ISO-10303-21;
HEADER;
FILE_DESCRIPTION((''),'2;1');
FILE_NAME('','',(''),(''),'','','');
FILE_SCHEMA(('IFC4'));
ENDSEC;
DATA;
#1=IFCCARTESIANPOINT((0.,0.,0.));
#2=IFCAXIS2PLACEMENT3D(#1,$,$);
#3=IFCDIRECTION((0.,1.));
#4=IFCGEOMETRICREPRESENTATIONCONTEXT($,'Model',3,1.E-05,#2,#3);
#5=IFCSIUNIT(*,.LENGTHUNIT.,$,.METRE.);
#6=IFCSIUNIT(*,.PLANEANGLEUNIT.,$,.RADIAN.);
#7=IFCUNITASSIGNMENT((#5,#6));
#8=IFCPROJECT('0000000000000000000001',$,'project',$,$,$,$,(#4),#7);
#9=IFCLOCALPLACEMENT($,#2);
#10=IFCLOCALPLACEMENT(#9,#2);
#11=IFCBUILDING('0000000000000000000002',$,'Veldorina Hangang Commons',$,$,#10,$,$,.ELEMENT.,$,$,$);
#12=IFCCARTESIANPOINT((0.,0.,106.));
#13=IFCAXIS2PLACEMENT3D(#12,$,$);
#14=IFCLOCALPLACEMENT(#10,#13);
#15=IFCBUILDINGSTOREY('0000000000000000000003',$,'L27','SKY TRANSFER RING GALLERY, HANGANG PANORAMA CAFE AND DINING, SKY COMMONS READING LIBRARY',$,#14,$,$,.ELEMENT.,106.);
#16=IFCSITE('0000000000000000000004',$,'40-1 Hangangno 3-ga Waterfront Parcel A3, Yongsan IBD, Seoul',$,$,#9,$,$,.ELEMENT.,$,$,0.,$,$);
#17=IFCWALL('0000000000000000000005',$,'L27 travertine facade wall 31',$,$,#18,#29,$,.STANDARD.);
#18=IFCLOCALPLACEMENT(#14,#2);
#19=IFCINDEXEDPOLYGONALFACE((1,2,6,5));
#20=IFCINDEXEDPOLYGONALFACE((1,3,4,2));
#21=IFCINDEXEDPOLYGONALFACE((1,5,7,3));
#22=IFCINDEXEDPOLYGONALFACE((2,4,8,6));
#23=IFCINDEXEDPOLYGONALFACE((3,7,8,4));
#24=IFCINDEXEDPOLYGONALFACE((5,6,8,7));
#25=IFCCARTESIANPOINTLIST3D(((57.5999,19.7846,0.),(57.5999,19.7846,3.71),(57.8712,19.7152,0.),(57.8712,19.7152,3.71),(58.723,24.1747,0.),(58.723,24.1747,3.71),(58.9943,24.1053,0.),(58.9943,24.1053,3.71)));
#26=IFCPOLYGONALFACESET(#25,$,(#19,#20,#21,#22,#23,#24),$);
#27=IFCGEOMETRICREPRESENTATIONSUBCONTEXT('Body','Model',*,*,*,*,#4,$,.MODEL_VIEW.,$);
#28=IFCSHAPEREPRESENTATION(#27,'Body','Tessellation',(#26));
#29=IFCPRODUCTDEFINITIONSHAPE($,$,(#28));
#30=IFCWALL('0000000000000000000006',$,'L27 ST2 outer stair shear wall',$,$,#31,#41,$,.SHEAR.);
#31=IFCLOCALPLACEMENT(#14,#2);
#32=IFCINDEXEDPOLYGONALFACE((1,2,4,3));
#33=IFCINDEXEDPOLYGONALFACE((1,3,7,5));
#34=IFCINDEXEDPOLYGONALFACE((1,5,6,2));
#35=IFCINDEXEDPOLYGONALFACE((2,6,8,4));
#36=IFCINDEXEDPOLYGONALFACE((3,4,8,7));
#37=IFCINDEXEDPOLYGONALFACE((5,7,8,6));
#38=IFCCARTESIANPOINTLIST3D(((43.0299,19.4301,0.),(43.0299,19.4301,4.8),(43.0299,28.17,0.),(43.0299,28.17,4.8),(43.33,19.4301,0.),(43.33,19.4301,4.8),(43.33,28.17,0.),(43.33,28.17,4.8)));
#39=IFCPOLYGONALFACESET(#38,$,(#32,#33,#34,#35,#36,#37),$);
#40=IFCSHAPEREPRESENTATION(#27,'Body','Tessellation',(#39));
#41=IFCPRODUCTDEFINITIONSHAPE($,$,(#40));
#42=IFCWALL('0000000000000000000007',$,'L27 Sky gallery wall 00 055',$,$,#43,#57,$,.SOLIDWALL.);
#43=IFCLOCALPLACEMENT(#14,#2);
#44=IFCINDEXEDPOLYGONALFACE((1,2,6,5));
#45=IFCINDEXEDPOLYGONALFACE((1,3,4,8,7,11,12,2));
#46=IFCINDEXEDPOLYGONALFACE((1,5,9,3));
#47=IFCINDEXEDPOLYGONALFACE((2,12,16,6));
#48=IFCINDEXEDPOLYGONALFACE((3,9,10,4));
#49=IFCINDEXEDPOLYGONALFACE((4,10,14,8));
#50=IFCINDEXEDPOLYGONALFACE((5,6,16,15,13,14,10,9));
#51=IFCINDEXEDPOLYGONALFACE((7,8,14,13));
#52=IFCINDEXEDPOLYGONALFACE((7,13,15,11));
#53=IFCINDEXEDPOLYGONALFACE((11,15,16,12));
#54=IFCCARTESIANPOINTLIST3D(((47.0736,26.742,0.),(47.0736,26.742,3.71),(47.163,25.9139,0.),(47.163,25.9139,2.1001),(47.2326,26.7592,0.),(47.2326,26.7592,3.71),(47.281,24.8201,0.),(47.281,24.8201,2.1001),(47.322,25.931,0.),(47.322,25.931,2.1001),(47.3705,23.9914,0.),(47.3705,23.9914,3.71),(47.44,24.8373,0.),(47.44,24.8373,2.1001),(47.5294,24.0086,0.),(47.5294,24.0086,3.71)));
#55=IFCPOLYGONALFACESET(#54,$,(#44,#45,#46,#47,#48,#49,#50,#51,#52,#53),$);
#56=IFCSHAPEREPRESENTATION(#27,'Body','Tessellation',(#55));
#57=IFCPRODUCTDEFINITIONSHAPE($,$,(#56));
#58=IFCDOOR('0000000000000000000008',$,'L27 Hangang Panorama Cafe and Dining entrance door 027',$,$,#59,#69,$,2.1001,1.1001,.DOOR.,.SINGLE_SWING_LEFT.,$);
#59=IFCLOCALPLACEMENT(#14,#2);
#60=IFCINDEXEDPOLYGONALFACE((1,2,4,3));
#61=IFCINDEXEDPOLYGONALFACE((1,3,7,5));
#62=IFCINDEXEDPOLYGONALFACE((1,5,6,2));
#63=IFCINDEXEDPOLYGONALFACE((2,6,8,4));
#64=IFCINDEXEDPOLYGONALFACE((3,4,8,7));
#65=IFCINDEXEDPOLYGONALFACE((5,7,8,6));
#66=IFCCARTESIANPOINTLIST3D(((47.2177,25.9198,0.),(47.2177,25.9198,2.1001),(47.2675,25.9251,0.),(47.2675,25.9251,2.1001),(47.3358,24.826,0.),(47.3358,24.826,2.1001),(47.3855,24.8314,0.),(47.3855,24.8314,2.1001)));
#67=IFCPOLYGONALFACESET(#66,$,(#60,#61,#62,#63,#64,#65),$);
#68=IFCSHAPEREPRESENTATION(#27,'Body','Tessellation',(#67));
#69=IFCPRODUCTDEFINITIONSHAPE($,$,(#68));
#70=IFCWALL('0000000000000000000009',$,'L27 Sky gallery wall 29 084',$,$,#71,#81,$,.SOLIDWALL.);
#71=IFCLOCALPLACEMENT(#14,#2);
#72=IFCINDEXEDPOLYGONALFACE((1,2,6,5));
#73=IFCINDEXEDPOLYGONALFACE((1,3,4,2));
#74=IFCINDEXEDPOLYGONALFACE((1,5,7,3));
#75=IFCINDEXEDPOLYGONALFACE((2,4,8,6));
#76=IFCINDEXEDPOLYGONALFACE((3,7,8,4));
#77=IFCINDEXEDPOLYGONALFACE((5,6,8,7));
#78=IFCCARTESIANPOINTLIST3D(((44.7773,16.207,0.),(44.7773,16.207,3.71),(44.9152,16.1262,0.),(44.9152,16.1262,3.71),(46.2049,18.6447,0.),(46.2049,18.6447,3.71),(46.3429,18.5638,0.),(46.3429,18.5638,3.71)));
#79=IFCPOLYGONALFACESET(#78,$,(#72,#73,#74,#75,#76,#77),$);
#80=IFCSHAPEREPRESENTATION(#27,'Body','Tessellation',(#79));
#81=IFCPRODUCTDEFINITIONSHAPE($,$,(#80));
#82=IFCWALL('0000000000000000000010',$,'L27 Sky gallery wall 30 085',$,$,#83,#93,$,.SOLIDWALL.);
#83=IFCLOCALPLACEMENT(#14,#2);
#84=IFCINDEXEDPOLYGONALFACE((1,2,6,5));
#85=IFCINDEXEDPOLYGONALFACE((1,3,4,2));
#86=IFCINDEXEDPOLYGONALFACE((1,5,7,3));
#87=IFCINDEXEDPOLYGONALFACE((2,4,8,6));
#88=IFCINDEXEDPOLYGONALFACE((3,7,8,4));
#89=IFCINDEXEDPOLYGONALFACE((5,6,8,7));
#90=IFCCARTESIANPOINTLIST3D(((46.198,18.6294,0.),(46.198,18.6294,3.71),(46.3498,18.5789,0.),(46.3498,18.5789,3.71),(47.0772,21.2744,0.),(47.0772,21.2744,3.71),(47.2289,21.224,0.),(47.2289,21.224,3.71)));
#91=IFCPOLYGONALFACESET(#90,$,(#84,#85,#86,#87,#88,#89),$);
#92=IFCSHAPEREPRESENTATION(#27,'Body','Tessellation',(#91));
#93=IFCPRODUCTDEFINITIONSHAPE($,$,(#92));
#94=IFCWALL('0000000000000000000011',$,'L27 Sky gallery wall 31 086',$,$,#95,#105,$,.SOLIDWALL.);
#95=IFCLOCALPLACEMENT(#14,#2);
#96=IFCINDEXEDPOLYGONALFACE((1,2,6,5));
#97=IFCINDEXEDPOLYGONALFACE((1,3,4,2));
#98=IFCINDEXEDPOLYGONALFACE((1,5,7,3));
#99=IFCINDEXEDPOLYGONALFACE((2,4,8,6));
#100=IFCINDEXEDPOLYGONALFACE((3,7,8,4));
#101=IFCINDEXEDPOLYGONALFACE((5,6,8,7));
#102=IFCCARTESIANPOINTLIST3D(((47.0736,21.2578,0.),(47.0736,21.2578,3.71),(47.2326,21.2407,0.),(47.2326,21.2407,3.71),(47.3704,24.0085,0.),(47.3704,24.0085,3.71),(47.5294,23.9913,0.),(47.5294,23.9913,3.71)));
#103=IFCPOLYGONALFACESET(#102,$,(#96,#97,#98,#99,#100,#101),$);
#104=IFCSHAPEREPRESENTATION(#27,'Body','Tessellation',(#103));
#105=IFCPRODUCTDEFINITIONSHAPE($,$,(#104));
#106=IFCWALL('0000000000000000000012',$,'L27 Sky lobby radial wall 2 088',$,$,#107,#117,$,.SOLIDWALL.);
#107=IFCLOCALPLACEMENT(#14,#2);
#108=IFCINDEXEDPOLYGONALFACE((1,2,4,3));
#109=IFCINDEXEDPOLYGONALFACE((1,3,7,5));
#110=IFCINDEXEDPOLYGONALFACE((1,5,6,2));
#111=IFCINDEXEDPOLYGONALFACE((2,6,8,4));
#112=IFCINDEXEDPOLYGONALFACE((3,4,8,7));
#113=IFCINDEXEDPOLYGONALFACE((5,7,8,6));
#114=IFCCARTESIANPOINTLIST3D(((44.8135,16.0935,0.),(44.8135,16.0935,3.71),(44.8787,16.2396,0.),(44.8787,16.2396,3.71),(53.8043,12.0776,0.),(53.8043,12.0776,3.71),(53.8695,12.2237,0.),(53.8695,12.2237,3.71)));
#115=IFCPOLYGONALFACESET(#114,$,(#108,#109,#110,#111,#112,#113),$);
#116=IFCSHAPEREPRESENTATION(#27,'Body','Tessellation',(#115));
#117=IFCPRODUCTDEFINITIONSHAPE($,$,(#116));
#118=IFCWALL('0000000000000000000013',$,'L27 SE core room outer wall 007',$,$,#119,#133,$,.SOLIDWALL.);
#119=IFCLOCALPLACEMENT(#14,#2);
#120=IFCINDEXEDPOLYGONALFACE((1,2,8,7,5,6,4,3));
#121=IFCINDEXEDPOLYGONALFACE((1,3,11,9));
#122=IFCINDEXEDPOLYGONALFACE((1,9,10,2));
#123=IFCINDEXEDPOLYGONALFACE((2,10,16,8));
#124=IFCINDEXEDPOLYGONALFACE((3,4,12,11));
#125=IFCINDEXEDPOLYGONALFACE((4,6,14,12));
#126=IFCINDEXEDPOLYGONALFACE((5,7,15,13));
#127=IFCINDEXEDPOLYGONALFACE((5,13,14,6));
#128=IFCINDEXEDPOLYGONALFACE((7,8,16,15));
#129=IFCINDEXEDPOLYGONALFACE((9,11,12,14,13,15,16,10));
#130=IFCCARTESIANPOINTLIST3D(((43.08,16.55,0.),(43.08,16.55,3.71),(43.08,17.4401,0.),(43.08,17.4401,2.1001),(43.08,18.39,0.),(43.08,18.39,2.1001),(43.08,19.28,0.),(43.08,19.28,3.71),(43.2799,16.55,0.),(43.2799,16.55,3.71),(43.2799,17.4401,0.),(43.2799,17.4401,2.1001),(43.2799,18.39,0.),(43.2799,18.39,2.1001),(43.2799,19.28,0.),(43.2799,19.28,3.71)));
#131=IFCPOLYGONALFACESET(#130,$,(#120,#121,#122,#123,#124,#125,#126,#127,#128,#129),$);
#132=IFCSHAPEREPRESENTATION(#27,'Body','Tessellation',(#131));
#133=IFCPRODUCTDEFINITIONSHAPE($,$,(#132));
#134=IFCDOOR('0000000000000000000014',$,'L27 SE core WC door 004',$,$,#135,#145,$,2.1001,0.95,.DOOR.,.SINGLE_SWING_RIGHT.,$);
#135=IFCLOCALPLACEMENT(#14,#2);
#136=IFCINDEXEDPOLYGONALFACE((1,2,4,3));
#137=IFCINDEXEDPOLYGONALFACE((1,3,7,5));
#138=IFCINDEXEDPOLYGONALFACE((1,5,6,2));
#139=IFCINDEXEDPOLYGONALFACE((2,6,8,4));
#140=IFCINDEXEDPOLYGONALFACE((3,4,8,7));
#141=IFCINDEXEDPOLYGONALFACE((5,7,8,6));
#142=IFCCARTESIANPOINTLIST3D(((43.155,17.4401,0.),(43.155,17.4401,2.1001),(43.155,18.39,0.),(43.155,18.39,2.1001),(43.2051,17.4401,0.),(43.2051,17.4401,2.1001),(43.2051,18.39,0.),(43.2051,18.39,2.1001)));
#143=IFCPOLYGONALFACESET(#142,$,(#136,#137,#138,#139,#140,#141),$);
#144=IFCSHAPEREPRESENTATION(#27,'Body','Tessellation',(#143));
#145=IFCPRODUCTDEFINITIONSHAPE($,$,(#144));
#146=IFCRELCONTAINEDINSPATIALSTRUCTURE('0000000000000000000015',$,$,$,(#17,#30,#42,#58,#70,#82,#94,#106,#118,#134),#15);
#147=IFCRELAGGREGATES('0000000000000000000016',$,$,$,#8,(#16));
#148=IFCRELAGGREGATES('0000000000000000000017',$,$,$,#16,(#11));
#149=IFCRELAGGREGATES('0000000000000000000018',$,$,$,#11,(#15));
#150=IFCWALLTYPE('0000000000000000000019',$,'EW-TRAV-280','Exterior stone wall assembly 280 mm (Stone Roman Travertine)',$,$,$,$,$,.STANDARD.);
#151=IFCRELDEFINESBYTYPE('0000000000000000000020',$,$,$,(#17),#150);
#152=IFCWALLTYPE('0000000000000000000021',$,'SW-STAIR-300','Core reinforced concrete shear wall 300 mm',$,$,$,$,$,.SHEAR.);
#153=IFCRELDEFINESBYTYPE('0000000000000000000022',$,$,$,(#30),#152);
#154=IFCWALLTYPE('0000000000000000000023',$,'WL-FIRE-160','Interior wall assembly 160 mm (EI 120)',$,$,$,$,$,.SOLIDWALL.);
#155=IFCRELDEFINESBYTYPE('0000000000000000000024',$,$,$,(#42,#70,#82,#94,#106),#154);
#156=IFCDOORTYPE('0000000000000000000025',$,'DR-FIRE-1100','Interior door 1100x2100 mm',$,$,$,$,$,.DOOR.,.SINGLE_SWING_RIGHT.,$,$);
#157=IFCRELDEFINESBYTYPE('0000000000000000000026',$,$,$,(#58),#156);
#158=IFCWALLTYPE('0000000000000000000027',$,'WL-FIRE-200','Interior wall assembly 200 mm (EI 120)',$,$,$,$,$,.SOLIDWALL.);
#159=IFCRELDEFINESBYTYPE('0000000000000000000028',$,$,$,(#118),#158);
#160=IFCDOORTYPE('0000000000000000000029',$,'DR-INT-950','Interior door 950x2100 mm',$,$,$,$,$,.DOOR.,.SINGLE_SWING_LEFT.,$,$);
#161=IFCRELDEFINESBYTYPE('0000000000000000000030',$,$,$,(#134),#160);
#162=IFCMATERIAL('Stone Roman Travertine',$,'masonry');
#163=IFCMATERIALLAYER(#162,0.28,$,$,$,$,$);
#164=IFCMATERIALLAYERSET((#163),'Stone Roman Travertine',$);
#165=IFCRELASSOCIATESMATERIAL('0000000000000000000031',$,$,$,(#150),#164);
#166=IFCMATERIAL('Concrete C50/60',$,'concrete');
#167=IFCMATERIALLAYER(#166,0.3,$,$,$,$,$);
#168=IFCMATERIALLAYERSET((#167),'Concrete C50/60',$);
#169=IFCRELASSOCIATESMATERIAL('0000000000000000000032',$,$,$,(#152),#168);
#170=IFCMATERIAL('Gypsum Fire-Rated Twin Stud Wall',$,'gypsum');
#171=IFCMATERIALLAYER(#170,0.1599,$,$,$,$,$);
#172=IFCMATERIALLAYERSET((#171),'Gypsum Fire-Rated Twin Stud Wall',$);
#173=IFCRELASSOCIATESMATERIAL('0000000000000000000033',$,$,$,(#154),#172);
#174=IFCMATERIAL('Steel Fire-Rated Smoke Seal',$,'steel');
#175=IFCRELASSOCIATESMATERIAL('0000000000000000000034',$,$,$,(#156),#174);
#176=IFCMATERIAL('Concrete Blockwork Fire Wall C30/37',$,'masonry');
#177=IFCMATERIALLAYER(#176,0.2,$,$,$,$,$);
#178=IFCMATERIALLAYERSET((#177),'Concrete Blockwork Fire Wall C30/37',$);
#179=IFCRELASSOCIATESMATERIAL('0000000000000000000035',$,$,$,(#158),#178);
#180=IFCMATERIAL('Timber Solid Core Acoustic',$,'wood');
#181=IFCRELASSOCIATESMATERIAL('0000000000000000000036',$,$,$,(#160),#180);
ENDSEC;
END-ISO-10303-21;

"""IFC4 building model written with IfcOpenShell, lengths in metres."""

from ifc_helpers import new_model, si_unit, direction, frame, frame_2d, origin, place, context, subcontext, project, spatial, rectangle, extrude, material, layer, layer_set, type_object, element, fill, save


model = new_model("IFC4")

# Units and contexts
model_context = context("Model", 3, precision=1e-05, world=origin(), true_north=direction((0.0, 1.0)))
body_context = subcontext(model_context, "Body", "Model", "MODEL_VIEW")
ifc_project = project(units=[si_unit("LENGTHUNIT", "METRE"), si_unit("PLANEANGLEUNIT", "RADIAN")], contexts=[model_context])

# Site, building, storey
site_placement = place(None, origin())
site = spatial("IfcSite", under=ifc_project, at=site_placement, Name="40-1 Hangangno 3-ga Waterfront Parcel A3, Yongsan IBD, Seoul", CompositionType="ELEMENT", RefElevation=0.0)
building_placement = place(site_placement, origin())
building = spatial("IfcBuilding", under=site, at=building_placement, Name="Veldorina Hangang Commons", CompositionType="ELEMENT")
storey_placement = place(building_placement, frame((0.0, 0.0, 106.0)))
storey = spatial("IfcBuildingStorey", under=building, at=storey_placement, Name="L27", Description="SKY TRANSFER RING GALLERY, HANGANG PANORAMA CAFE AND DINING, SKY COMMONS READING LIBRARY", CompositionType="ELEMENT", Elevation=106.0)

# Walls
ifc_material_1 = material(Name="Stone Roman Travertine", Category="masonry")
ifc_layer_1 = layer(ifc_material_1, 0.28)
ifc_layer_set_1 = layer_set([ifc_layer_1], Name="Stone Roman Travertine")
wall_type_1 = type_object("IfcWallType", Name="EW-TRAV-280", Description="Exterior stone wall assembly 280 mm (Stone Roman Travertine)", PredefinedType="STANDARD", material=ifc_layer_set_1)
wall_1_placement = place(storey_placement, frame((57.7356, 19.75, 0.0), z_axis=(0.0, 0.0, 1.0), x_axis=(0.247831, 0.968803, 0.0)))
element("IfcWall", 1, at=wall_1_placement, inside=storey, type_object=wall_type_1, Name="L27 travertine facade wall 31", PredefinedType="STANDARD", context=body_context, shape_type="SweptSolid", body=[
    extrude(rectangle(XDim=4.5315, YDim=0.28, at=frame_2d((2.2656, 0.0))), origin(), (0.0, 0.0, 1.0), 3.71),
])
ifc_material_2 = material(Name="Concrete C50/60", Category="concrete")
ifc_layer_2 = layer(ifc_material_2, 0.3)
ifc_layer_set_2 = layer_set([ifc_layer_2], Name="Concrete C50/60")
wall_type_2 = type_object("IfcWallType", Name="SW-STAIR-300", Description="Core reinforced concrete shear wall 300 mm", PredefinedType="SHEAR", material=ifc_layer_set_2)
wall_2_placement = place(storey_placement, frame((43.1799, 19.4299, 0.0), z_axis=(0.0, 0.0, 1.0), x_axis=(0.0, 1.0, 0.0)))
element("IfcWall", 2, at=wall_2_placement, inside=storey, type_object=wall_type_2, Name="L27 ST2 outer stair shear wall", PredefinedType="SHEAR", context=body_context, shape_type="SweptSolid", body=[
    extrude(rectangle(XDim=8.74, YDim=0.3, at=frame_2d((4.3701, 0.0))), origin(), (0.0, 0.0, 1.0), 4.8),
])

# Wall, opening, door
ifc_material_3 = material(Name="Gypsum Fire-Rated Twin Stud Wall", Category="gypsum")
ifc_layer_3 = layer(ifc_material_3, 0.1599)
ifc_layer_set_3 = layer_set([ifc_layer_3], Name="Gypsum Fire-Rated Twin Stud Wall")
wall_type_3 = type_object("IfcWallType", Name="WL-FIRE-160", Description="Interior wall assembly 160 mm (EI 120)", PredefinedType="SOLIDWALL", material=ifc_layer_set_3)
wall_3_placement = place(storey_placement, frame((47.45, 24.0, 0.0), z_axis=(0.0, 0.0, 1.0), x_axis=(-0.107303, 0.994226, 0.0)))
wall_3 = element("IfcWall", 3, at=wall_3_placement, inside=storey, type_object=wall_type_3, Name="L27 Sky gallery wall 00 055", PredefinedType="SOLIDWALL", context=body_context, shape_type="SweptSolid", body=[
    extrude(rectangle(XDim=2.7666, YDim=0.1599, at=frame_2d((1.3833, 0.0))), origin(), (0.0, 0.0, 1.0), 3.71),
])
opening_1_placement = place(wall_3_placement, frame((0.8335, 0.0, 0.0)))
opening_1 = element("IfcOpeningElement", 4, at=opening_1_placement, cuts=wall_3, PredefinedType="OPENING", context=body_context, shape_type="SweptSolid", body=[
    extrude(rectangle(XDim=1.1001, YDim=2.1001, at=frame_2d((0.55, 1.05))), frame((0.0, 0.0898, 0.0), z_axis=(0.0, -1.0, 0.0), x_axis=(1.0, 0.0, 0.0)), (0.0, 0.0, 1.0), 0.1799),
])
ifc_material_4 = material(Name="Steel Fire-Rated Smoke Seal", Category="steel")
door_type_1 = type_object("IfcDoorType", Name="DR-FIRE-1100", Description="Interior door 1100x2100 mm", OperationType="SINGLE_SWING_RIGHT", PredefinedType="DOOR", material=ifc_material_4)
door_1_placement = place(opening_1_placement, origin())
door_1 = element("IfcDoor", 5, at=door_1_placement, inside=storey, type_object=door_type_1, Name="L27 Hangang Panorama Cafe and Dining entrance door 027", OperationType="SINGLE_SWING_LEFT", OverallHeight=2.1001, OverallWidth=1.1001, PredefinedType="DOOR", context=body_context, shape_type="SweptSolid", body=[
    extrude(rectangle(XDim=1.1001, YDim=2.1001, at=frame_2d((0.55, 1.05))), frame((0.0, 0.0249, 0.0), z_axis=(0.0, -1.0, 0.0), x_axis=(1.0, 0.0, 0.0)), (0.0, 0.0, 1.0), 0.05),
])
fill(opening_1, door_1)

# Walls
wall_4_placement = place(storey_placement, frame((44.8462, 16.1665, 0.0), z_axis=(0.0, 0.0, 1.0), x_axis=(0.50538, 0.862897, 0.0)))
element("IfcWall", 6, at=wall_4_placement, inside=storey, type_object=wall_type_3, Name="L27 Sky gallery wall 29 084", PredefinedType="SOLIDWALL", context=body_context, shape_type="SweptSolid", body=[
    extrude(rectangle(XDim=2.825, YDim=0.1599, at=frame_2d((1.4126, 0.0))), origin(), (0.0, 0.0, 1.0), 3.71),
])
wall_5_placement = place(storey_placement, frame((46.2739, 18.6042, 0.0), z_axis=(0.0, 0.0, 1.0), x_axis=(0.315413, 0.948954, 0.0)))
element("IfcWall", 7, at=wall_5_placement, inside=storey, type_object=wall_type_3, Name="L27 Sky gallery wall 30 085", PredefinedType="SOLIDWALL", context=body_context, shape_type="SweptSolid", body=[
    extrude(rectangle(XDim=2.7874, YDim=0.1599, at=frame_2d((1.3936, 0.0))), origin(), (0.0, 0.0, 1.0), 3.71),
])
wall_6_placement = place(storey_placement, frame((47.1531, 21.2493, 0.0), z_axis=(0.0, 0.0, 1.0), x_axis=(0.107303, 0.994226, 0.0)))
element("IfcWall", 8, at=wall_6_placement, inside=storey, type_object=wall_type_3, Name="L27 Sky gallery wall 31 086", PredefinedType="SOLIDWALL", context=body_context, shape_type="SweptSolid", body=[
    extrude(rectangle(XDim=2.7666, YDim=0.1599, at=frame_2d((1.3833, 0.0))), origin(), (0.0, 0.0, 1.0), 3.71),
])
wall_7_placement = place(storey_placement, frame((44.8462, 16.1665, 0.0), z_axis=(0.0, 0.0, 1.0), x_axis=(0.913056, -0.407833, 0.0)))
element("IfcWall", 9, at=wall_7_placement, inside=storey, type_object=wall_type_3, Name="L27 Sky lobby radial wall 2 088", PredefinedType="SOLIDWALL", context=body_context, shape_type="SweptSolid", body=[
    extrude(rectangle(XDim=9.8469, YDim=0.1599, at=frame_2d((4.9233, 0.0))), origin(), (0.0, 0.0, 1.0), 3.71),
])

# Wall, opening, door
ifc_material_5 = material(Name="Concrete Blockwork Fire Wall C30/37", Category="masonry")
ifc_layer_4 = layer(ifc_material_5, 0.2)
ifc_layer_set_4 = layer_set([ifc_layer_4], Name="Concrete Blockwork Fire Wall C30/37")
wall_type_4 = type_object("IfcWallType", Name="WL-FIRE-200", Description="Interior wall assembly 200 mm (EI 120)", PredefinedType="SOLIDWALL", material=ifc_layer_set_4)
wall_8_placement = place(storey_placement, frame((43.1799, 16.55, 0.0), z_axis=(0.0, 0.0, 1.0), x_axis=(0.0, 1.0, 0.0)))
wall_8 = element("IfcWall", 10, at=wall_8_placement, inside=storey, type_object=wall_type_4, Name="L27 SE core room outer wall 007", PredefinedType="SOLIDWALL", context=body_context, shape_type="SweptSolid", body=[
    extrude(rectangle(XDim=2.73, YDim=0.2, at=frame_2d((1.365, 0.0))), origin(), (0.0, 0.0, 1.0), 3.71),
])
opening_2_placement = place(wall_8_placement, frame((0.8899, 0.0, 0.0)))
opening_2 = element("IfcOpeningElement", 11, at=opening_2_placement, cuts=wall_8, PredefinedType="OPENING", context=body_context, shape_type="SweptSolid", body=[
    extrude(rectangle(XDim=0.95, YDim=2.1001, at=frame_2d((0.4751, 1.05))), frame((0.0, 0.1099, 0.0), z_axis=(0.0, -1.0, 0.0), x_axis=(1.0, 0.0, 0.0)), (0.0, 0.0, 1.0), 0.22),
])
ifc_material_6 = material(Name="Timber Solid Core Acoustic", Category="wood")
door_type_2 = type_object("IfcDoorType", Name="DR-INT-950", Description="Interior door 950x2100 mm", OperationType="SINGLE_SWING_LEFT", PredefinedType="DOOR", material=ifc_material_6)
door_2_placement = place(opening_2_placement, origin())
door_2 = element("IfcDoor", 12, at=door_2_placement, inside=storey, type_object=door_type_2, Name="L27 SE core WC door 004", OperationType="SINGLE_SWING_RIGHT", OverallHeight=2.1001, OverallWidth=0.95, PredefinedType="DOOR", context=body_context, shape_type="SweptSolid", body=[
    extrude(rectangle(XDim=0.95, YDim=2.1001, at=frame_2d((0.4751, 1.05))), frame((0.0, 0.0249, 0.0), z_axis=(0.0, -1.0, 0.0), x_axis=(1.0, 0.0, 0.0)), (0.0, 0.0, 1.0), 0.05),
])
fill(opening_2, door_2)

save(model, "model.ifc")
